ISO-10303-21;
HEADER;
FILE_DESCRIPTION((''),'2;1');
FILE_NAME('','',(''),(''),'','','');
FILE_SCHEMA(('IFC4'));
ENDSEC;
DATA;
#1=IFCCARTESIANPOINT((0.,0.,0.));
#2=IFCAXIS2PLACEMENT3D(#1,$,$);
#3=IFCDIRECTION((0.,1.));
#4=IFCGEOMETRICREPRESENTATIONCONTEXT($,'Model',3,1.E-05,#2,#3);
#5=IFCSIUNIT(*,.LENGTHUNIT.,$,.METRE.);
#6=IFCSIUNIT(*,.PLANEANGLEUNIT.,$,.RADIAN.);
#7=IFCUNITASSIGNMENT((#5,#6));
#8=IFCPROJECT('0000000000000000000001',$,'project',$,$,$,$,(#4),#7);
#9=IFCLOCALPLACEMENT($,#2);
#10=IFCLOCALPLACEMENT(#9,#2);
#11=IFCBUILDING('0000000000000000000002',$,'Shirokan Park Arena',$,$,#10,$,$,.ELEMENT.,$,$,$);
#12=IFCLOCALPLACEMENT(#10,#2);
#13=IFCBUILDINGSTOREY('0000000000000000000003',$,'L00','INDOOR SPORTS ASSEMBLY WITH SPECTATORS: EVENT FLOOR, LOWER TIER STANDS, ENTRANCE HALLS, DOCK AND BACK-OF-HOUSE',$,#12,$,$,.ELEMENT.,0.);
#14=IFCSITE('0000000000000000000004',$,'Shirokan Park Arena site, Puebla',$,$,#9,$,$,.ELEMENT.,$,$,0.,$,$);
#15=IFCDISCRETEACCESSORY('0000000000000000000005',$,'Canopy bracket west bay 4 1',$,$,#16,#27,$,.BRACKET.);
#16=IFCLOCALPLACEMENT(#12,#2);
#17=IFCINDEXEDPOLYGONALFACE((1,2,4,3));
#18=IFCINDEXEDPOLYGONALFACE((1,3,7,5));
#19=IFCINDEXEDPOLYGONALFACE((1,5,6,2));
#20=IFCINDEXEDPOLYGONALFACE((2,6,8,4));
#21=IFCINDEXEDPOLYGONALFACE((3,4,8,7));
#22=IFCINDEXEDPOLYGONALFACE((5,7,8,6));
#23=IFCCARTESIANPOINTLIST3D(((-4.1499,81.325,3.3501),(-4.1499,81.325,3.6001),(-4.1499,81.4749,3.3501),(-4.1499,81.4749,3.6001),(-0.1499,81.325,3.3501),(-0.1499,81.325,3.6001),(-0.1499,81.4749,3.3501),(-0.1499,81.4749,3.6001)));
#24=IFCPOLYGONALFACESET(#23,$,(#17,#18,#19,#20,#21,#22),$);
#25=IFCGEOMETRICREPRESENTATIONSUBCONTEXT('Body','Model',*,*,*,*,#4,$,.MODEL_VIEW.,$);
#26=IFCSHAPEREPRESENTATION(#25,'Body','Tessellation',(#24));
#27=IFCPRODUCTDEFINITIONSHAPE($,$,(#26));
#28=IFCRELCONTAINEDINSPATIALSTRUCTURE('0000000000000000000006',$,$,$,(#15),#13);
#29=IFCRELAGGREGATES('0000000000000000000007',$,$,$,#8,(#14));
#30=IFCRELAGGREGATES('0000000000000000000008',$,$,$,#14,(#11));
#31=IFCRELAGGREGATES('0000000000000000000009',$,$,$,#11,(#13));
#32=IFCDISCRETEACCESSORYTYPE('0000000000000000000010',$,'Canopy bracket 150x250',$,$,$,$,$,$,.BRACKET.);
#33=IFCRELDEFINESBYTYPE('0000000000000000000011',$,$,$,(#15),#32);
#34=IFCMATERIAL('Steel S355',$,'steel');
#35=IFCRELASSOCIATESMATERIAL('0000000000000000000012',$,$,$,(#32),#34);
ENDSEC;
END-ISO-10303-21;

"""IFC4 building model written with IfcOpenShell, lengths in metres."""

from ifc_helpers import new_model, si_unit, direction, frame, origin, origin_2d, place, context, subcontext, project, spatial, rectangle, extrude, material, type_object, element, save


model = new_model("IFC4")

# Units and contexts
model_context = context("Model", 3, precision=1e-05, world=origin(), true_north=direction((0.0, 1.0)))
body_context = subcontext(model_context, "Body", "Model", "MODEL_VIEW")
ifc_project = project(units=[si_unit("LENGTHUNIT", "METRE"), si_unit("PLANEANGLEUNIT", "RADIAN")], contexts=[model_context])

# Site, building, storey
site_placement = place(None, origin())
site = spatial("IfcSite", under=ifc_project, at=site_placement, Name="Shirokan Park Arena site, Puebla", CompositionType="ELEMENT", RefElevation=0.0)
building_placement = place(site_placement, origin())
building = spatial("IfcBuilding", under=site, at=building_placement, Name="Shirokan Park Arena", CompositionType="ELEMENT")
storey_placement = place(building_placement, origin())
storey = spatial("IfcBuildingStorey", under=building, at=storey_placement, Name="L00", Description="INDOOR SPORTS ASSEMBLY WITH SPECTATORS: EVENT FLOOR, LOWER TIER STANDS, ENTRANCE HALLS, DOCK AND BACK-OF-HOUSE", CompositionType="ELEMENT", Elevation=0.0)

# Shared definitions
ifc_material_1 = material(Name="Steel S355", Category="steel")

# Discrete accessory
discrete_accessory_type = type_object("IfcDiscreteAccessoryType", Name="Canopy bracket 150x250", PredefinedType="BRACKET", material=ifc_material_1)
for number, where, z_axis, x_axis, name in (
    (1, (-2.1499, 81.3999, 3.3501), (0.0, 0.0, 1.0), (0.0, -1.0, 0.0), "Canopy bracket west bay 4 1"),
):
    element("IfcDiscreteAccessory", number, at=place(storey_placement, frame(where, z_axis=z_axis, x_axis=x_axis)), inside=storey, type_object=discrete_accessory_type, Name=name, PredefinedType="BRACKET", context=body_context, shape_type="SweptSolid", body=[
        extrude(rectangle(XDim=0.1499, YDim=4.0, at=origin_2d()), origin(), (0.0, 0.0, 1.0), 0.25),
    ])

save(model, "model.ifc")
